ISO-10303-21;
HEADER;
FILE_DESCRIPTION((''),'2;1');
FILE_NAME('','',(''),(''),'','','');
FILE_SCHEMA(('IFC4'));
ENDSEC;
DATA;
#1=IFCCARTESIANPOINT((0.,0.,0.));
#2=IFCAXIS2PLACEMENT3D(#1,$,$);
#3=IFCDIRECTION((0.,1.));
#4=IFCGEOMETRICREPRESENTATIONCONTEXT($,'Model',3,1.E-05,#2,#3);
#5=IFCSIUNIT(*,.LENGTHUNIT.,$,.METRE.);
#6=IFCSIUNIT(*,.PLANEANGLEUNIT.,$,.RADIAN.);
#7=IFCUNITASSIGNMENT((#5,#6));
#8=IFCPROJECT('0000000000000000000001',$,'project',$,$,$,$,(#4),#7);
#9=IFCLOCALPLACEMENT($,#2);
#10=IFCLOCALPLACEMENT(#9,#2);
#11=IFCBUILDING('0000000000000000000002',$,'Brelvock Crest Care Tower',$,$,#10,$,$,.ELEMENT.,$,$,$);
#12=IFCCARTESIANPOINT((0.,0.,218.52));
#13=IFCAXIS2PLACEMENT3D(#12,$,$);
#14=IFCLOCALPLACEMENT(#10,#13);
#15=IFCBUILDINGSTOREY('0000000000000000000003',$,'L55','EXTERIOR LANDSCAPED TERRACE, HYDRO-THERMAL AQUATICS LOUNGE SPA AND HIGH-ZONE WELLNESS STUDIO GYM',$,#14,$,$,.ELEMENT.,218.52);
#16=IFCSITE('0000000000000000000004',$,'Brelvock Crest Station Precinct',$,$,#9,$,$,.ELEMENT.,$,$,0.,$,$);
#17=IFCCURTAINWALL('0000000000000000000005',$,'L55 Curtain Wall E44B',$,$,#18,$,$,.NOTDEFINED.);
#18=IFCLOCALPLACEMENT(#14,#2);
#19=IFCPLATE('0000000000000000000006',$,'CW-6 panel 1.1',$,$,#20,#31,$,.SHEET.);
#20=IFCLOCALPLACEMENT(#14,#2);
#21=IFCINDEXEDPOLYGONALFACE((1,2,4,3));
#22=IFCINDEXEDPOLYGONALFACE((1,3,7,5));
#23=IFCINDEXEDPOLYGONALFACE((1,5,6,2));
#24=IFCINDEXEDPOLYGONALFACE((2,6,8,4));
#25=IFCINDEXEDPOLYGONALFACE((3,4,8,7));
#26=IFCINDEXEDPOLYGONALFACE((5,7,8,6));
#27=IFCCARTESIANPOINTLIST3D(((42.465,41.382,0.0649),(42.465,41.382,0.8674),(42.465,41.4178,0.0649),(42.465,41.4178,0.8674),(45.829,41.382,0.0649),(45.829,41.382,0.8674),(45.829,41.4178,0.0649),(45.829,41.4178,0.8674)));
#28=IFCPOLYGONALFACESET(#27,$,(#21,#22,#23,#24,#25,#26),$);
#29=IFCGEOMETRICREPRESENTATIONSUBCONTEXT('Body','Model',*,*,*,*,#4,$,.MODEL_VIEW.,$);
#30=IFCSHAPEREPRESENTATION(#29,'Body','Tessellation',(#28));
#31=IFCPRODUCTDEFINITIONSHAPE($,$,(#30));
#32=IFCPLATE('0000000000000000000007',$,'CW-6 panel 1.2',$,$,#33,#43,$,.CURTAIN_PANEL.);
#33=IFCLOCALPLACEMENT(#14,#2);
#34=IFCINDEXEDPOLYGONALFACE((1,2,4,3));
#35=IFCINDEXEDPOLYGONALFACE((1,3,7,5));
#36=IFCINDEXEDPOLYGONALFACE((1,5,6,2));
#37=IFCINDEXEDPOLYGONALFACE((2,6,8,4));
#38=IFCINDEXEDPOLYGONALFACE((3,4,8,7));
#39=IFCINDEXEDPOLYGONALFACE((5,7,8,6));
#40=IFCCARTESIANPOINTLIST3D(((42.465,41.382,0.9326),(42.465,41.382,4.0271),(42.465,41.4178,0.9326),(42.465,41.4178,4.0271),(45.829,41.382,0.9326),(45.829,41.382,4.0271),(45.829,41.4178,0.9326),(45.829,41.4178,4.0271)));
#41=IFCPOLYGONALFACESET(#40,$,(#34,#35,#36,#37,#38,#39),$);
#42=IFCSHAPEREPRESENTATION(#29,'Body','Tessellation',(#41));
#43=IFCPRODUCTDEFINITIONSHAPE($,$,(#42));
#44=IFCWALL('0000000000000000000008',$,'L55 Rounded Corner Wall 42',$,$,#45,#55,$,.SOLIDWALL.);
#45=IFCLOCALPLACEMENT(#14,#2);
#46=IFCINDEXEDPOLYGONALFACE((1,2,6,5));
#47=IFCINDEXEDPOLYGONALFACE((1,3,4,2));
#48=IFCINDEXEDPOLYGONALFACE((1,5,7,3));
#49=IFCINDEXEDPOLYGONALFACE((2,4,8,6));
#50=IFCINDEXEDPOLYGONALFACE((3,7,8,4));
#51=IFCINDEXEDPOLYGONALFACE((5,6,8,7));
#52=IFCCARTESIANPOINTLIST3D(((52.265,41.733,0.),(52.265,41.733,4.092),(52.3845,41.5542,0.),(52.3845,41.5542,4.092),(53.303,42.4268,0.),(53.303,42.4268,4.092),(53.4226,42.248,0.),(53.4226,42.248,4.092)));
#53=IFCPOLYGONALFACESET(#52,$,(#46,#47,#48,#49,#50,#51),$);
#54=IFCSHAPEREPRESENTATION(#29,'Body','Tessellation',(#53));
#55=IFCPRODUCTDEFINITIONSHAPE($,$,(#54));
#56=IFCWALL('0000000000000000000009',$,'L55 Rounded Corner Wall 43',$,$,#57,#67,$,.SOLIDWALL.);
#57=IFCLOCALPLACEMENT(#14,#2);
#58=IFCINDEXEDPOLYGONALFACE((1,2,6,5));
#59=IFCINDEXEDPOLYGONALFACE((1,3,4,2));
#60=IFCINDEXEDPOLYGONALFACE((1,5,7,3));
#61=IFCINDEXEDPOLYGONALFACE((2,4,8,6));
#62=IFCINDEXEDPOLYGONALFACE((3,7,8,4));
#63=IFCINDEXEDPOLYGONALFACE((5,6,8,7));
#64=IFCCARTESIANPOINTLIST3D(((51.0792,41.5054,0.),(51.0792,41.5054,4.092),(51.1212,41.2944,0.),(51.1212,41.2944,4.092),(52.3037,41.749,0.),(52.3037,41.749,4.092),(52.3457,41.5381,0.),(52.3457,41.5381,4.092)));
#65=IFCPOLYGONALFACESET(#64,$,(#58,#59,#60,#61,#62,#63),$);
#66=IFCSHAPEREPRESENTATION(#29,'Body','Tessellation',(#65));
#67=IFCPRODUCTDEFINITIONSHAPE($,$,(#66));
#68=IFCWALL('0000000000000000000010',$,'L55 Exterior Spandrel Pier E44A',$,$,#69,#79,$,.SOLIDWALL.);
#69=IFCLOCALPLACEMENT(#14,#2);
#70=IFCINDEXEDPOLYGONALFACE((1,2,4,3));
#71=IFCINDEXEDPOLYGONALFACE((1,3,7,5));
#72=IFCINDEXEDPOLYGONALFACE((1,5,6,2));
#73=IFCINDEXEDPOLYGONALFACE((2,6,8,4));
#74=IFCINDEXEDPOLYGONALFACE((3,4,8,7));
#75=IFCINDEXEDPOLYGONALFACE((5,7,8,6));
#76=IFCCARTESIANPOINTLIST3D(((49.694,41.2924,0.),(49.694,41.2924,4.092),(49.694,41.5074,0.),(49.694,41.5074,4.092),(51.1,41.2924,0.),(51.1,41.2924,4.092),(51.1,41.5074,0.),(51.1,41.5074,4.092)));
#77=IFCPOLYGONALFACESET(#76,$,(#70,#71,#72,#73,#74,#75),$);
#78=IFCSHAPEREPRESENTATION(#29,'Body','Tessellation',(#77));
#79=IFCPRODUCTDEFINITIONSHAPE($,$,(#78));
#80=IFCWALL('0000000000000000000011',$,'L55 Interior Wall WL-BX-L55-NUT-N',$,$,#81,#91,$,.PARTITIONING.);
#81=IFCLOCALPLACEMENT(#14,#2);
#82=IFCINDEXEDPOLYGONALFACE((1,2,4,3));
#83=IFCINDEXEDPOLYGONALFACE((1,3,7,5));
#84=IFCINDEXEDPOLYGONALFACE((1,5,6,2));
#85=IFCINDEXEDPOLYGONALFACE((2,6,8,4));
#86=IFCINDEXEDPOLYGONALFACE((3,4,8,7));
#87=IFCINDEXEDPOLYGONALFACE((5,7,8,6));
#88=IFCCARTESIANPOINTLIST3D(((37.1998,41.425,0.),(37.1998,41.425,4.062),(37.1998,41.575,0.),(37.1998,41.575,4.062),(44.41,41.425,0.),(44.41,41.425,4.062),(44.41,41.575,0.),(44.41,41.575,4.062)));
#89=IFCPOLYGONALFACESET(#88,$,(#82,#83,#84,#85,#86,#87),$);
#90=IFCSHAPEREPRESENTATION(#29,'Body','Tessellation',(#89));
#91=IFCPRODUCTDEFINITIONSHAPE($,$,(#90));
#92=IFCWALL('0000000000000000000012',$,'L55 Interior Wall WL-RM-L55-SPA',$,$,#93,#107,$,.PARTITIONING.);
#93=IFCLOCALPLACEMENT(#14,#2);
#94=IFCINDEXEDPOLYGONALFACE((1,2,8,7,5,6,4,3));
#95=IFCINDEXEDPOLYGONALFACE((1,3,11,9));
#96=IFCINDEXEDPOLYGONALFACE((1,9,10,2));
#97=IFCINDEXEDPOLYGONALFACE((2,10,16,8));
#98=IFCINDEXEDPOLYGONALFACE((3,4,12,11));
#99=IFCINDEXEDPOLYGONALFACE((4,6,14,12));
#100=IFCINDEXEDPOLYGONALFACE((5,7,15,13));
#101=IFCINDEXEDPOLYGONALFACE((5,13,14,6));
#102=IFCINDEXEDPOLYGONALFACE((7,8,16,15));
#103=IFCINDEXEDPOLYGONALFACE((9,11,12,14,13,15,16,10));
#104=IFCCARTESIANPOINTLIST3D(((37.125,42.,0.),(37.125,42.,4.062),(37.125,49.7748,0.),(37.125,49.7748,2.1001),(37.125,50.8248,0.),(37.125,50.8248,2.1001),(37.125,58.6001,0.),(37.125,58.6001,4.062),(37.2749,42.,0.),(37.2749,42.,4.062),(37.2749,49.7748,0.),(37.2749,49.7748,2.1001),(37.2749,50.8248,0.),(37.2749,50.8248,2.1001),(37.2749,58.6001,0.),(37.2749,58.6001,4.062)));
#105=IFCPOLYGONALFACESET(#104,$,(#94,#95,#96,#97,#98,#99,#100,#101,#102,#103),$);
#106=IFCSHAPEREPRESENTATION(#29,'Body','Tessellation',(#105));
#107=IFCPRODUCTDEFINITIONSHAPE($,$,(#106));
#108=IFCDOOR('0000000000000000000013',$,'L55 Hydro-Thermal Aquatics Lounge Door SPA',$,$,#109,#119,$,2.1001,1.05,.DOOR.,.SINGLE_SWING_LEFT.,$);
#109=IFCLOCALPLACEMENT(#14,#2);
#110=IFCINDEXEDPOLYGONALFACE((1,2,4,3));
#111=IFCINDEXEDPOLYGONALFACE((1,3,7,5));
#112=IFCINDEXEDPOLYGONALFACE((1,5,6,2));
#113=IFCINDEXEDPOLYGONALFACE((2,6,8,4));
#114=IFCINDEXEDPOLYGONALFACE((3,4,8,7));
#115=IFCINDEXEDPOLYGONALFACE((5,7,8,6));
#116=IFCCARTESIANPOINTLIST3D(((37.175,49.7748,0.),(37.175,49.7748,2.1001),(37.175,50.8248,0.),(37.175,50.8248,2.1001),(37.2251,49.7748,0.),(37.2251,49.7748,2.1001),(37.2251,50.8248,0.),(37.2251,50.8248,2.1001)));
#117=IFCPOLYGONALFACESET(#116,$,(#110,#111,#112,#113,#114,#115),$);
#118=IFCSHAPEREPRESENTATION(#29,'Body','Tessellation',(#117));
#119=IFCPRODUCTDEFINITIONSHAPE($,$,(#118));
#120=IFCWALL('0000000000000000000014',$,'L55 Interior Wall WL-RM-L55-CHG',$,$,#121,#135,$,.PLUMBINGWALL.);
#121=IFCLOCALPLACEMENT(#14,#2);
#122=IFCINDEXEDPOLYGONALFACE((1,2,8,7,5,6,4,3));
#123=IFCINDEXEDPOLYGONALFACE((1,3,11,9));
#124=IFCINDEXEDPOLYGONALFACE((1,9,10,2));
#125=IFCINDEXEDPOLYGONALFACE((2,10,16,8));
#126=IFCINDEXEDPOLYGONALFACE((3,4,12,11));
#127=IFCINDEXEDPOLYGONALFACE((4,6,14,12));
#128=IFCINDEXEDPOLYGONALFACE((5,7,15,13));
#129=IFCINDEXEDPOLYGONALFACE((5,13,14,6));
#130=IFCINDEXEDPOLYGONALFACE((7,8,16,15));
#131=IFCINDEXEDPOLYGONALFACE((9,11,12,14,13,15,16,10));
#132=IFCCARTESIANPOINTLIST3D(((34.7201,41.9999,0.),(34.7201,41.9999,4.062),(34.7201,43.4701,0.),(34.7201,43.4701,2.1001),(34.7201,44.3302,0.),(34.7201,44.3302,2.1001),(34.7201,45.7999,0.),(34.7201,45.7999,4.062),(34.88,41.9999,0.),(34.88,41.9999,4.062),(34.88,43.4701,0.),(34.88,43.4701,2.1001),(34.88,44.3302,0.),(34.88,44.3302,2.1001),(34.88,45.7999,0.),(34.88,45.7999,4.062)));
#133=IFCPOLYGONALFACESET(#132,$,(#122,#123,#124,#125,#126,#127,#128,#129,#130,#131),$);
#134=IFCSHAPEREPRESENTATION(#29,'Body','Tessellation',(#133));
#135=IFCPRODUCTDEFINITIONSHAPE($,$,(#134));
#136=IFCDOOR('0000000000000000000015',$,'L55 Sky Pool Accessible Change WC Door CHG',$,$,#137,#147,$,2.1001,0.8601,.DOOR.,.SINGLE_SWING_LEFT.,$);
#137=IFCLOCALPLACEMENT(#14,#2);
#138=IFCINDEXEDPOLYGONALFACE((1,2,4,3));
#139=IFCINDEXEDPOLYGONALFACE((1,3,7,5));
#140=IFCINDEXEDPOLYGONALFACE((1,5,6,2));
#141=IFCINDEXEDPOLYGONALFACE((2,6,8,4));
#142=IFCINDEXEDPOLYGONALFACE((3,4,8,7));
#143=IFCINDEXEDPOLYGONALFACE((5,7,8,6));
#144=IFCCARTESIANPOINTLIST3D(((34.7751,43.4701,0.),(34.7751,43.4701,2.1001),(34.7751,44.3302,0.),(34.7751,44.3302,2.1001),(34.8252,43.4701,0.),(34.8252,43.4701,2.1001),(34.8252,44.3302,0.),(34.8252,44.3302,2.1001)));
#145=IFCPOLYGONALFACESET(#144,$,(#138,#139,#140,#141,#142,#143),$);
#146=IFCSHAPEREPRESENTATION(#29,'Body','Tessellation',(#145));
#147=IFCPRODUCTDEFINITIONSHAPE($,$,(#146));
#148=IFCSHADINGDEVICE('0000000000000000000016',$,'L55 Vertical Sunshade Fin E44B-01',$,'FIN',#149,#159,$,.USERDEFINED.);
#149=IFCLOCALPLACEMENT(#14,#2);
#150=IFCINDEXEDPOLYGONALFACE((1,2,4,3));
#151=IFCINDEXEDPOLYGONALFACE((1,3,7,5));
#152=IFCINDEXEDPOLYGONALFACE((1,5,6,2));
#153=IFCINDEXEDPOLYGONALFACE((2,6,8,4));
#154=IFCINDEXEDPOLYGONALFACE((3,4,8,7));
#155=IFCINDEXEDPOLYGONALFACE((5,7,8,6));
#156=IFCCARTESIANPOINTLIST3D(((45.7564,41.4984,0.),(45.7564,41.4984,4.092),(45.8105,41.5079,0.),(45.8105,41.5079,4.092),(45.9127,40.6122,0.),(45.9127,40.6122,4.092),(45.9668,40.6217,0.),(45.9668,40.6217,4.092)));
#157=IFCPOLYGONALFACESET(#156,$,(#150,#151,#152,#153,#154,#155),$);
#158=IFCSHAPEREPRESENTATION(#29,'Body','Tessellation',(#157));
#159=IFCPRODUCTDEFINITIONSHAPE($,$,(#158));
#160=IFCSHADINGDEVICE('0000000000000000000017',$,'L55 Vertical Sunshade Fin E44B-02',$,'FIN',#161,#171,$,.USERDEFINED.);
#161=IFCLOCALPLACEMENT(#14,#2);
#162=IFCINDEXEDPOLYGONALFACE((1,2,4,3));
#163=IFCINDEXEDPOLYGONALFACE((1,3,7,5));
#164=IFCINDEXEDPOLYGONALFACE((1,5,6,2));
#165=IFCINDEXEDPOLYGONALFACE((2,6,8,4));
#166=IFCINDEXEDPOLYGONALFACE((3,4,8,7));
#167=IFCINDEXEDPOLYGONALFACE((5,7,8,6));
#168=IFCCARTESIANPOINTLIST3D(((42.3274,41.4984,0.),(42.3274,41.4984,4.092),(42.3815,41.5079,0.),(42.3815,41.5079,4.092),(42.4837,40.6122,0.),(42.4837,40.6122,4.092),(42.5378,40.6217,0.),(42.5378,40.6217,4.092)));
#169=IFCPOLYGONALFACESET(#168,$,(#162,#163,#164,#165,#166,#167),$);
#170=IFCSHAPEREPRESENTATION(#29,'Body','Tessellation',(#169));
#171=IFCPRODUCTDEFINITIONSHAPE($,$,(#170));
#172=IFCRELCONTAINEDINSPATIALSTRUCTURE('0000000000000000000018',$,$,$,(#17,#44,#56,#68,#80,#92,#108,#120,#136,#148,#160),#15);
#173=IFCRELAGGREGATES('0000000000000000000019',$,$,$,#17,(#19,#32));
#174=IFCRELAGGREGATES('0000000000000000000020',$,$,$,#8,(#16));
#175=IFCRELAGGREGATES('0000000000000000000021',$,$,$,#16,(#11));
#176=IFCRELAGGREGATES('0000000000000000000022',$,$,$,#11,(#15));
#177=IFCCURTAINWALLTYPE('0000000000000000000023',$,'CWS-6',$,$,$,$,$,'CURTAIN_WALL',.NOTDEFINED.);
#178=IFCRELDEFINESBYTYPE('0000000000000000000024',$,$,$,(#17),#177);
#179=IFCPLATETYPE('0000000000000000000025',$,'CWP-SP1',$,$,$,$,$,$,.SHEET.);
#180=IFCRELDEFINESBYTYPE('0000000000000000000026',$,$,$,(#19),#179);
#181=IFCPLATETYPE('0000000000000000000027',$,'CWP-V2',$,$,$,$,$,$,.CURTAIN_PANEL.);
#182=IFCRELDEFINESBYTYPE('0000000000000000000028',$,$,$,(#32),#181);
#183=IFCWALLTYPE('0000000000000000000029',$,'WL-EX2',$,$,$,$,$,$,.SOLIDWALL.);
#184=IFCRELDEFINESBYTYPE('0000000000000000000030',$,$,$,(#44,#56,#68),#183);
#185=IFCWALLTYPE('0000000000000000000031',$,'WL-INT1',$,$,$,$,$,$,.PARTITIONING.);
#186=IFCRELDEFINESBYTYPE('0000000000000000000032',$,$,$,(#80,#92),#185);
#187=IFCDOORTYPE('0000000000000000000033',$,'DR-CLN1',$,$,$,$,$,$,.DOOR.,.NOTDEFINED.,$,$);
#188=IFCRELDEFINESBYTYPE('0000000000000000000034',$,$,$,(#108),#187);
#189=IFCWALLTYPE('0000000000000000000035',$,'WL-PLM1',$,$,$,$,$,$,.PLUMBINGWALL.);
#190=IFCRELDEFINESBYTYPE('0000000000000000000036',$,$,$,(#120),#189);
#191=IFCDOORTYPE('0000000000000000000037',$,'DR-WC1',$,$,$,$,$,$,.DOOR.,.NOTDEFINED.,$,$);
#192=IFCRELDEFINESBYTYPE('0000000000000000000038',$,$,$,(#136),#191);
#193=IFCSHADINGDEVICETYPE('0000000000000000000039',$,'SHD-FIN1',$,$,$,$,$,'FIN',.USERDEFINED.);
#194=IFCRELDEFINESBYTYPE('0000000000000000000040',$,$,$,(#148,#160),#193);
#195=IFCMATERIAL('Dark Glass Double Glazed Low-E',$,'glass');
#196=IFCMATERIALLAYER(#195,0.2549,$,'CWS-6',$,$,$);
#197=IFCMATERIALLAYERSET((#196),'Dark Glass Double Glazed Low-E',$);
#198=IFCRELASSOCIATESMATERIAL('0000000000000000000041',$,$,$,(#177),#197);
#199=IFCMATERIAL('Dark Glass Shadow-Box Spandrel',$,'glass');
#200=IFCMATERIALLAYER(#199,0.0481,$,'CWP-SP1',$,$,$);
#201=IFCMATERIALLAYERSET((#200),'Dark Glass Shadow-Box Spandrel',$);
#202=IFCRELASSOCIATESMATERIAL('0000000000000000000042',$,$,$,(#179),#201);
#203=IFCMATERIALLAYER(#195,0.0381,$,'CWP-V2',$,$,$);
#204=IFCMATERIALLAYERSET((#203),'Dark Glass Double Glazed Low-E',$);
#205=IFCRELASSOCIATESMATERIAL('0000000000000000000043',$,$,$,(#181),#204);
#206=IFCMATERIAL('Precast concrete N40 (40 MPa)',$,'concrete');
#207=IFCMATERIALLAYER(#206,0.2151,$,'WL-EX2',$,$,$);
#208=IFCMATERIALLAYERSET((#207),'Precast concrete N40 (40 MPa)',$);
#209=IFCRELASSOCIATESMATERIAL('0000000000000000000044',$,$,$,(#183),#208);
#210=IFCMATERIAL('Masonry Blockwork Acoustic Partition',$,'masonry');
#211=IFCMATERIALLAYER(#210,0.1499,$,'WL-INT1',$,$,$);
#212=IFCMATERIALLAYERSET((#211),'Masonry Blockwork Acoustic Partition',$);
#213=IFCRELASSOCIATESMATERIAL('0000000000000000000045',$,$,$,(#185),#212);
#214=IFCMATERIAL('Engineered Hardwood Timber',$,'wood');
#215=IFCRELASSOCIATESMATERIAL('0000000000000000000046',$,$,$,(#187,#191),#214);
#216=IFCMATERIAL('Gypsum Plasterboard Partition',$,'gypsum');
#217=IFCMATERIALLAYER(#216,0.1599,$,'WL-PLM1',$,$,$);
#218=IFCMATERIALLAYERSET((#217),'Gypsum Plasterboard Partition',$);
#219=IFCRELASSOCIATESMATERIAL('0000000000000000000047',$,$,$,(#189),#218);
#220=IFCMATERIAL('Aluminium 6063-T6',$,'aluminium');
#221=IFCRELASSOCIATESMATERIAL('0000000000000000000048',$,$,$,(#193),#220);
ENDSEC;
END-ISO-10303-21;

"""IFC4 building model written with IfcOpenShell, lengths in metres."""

from ifc_helpers import new_model, si_unit, direction, frame, frame_2d, origin, origin_2d, place, context, subcontext, project, spatial, rectangle, extrude, source, transform, mapped, material, layer, layer_set, material_profile, profile_set, type_object, element, fill, aggregate, save


model = new_model("IFC4")

# Units and contexts
model_context = context("Model", 3, precision=1e-05, world=origin(), true_north=direction((0.0, 1.0)))
body_context = subcontext(model_context, "Body", "Model", "MODEL_VIEW")
ifc_project = project(units=[si_unit("LENGTHUNIT", "METRE"), si_unit("PLANEANGLEUNIT", "RADIAN")], contexts=[model_context])

# Site, building, storey
site_placement = place(None, origin())
site = spatial("IfcSite", under=ifc_project, at=site_placement, Name="Brelvock Crest Station Precinct", CompositionType="ELEMENT", RefElevation=0.0)
building_placement = place(site_placement, origin())
building = spatial("IfcBuilding", under=site, at=building_placement, Name="Brelvock Crest Care Tower", CompositionType="ELEMENT")
storey_placement = place(building_placement, frame((0.0, 0.0, 218.52)))
storey = spatial("IfcBuildingStorey", under=building, at=storey_placement, Name="L55", Description="EXTERIOR LANDSCAPED TERRACE, HYDRO-THERMAL AQUATICS LOUNGE SPA AND HIGH-ZONE WELLNESS STUDIO GYM", CompositionType="ELEMENT", Elevation=218.52)

# Curtain wall
ifc_material_1 = material(Name="Dark Glass Double Glazed Low-E", Category="glass")
ifc_layer_1 = layer(ifc_material_1, 0.2549, Name="CWS-6")
ifc_layer_set_1 = layer_set([ifc_layer_1], Name="Dark Glass Double Glazed Low-E")
curtain_wall_type = type_object("IfcCurtainWallType", Name="CWS-6", ElementType="CURTAIN_WALL", PredefinedType="NOTDEFINED", material=ifc_layer_set_1)
curtain_wall_1_placement = place(storey_placement, origin())
curtain_wall_1 = element("IfcCurtainWall", 1, at=curtain_wall_1_placement, inside=storey, type_object=curtain_wall_type, Name="L55 Curtain Wall E44B", PredefinedType="NOTDEFINED")
ifc_material_2 = material(Name="Aluminium 6063-T6", Category="aluminium")

# Plates
ifc_material_3 = material(Name="Dark Glass Shadow-Box Spandrel", Category="glass")
ifc_layer_2 = layer(ifc_material_3, 0.0481, Name="CWP-SP1")
ifc_layer_set_2 = layer_set([ifc_layer_2], Name="Dark Glass Shadow-Box Spandrel")
plate_type_1 = type_object("IfcPlateType", Name="CWP-SP1", PredefinedType="SHEET", material=ifc_layer_set_2)
ifc_layer_3 = layer(ifc_material_1, 0.0381, Name="CWP-V2")
ifc_layer_set_3 = layer_set([ifc_layer_3], Name="Dark Glass Double Glazed Low-E")
plate_type_2 = type_object("IfcPlateType", Name="CWP-V2", PredefinedType="CURTAIN_PANEL", material=ifc_layer_set_3)
shared_shape_1 = source(origin(), body_context, "Body", "SweptSolid", [
    extrude(rectangle(XDim=3.364, YDim=0.0359, at=origin_2d()), origin(), (0.0, 0.0, 1.0), 0.8025),
])
plate_1_placement = place(storey_placement, frame((44.147, 41.3999, 0.0649), z_axis=(0.0, 0.0, 1.0), x_axis=(-1.0, 0.0, 0.0)))
plate_1 = element("IfcPlate", 2, at=plate_1_placement, type_object=plate_type_1, Name="CW-6 panel 1.1", PredefinedType="SHEET", context=body_context, shape_type="MappedRepresentation", body=[
    mapped(shared_shape_1, transform((0.0, 0.0, 0.0), x_axis=(1.0, 0.0, 0.0), y_axis=(0.0, 1.0, 0.0), z_axis=(0.0, 0.0, 1.0), scale=1.0)),
])
shared_shape_2 = source(origin(), body_context, "Body", "SweptSolid", [
    extrude(rectangle(XDim=3.364, YDim=0.0359, at=origin_2d()), origin(), (0.0, 0.0, 1.0), 3.0945),
])
plate_2_placement = place(storey_placement, frame((44.147, 41.3999, 0.9326), z_axis=(0.0, 0.0, 1.0), x_axis=(-1.0, 0.0, 0.0)))
plate_2 = element("IfcPlate", 3, at=plate_2_placement, type_object=plate_type_2, Name="CW-6 panel 1.2", PredefinedType="CURTAIN_PANEL", context=body_context, shape_type="MappedRepresentation", body=[
    mapped(shared_shape_2, transform((0.0, 0.0, 0.0), x_axis=(1.0, 0.0, 0.0), y_axis=(0.0, 1.0, 0.0), z_axis=(0.0, 0.0, 1.0), scale=1.0)),
])
aggregate(curtain_wall_1, [plate_1, plate_2])

# Shared definitions
ifc_material_4 = material(Name="Precast concrete N40 (40 MPa)", Category="concrete")

# Walls
ifc_layer_4 = layer(ifc_material_4, 0.2151, Name="WL-EX2")
ifc_layer_set_4 = layer_set([ifc_layer_4], Name="Precast concrete N40 (40 MPa)")
wall_type_1 = type_object("IfcWallType", Name="WL-EX2", PredefinedType="SOLIDWALL", material=ifc_layer_set_4)
for number, where, z_axis, x_axis, name in (
    (4, (53.3628, 42.3374, 0.0), (0.0, 0.0, 1.0), (-0.831388, -0.555692, 0.0), "L55 Rounded Corner Wall 42"),
    (5, (52.3247, 41.6436, 0.0), (0.0, 0.0, 1.0), (-0.980776, -0.195138, 0.0), "L55 Rounded Corner Wall 43"),
):
    element("IfcWall", number, at=place(storey_placement, frame(where, z_axis=z_axis, x_axis=x_axis)), inside=storey, type_object=wall_type_1, Name=name, PredefinedType="SOLIDWALL", context=body_context, shape_type="SweptSolid", body=[
        extrude(rectangle(XDim=1.2485, YDim=0.2151, at=frame_2d((0.6243, 0.0))), origin(), (0.0, 0.0, 1.0), 4.092),
    ])
wall_1_placement = place(storey_placement, frame((51.1001, 41.3999, 0.0), z_axis=(0.0, 0.0, 1.0), x_axis=(-1.0, 0.0, 0.0)))
element("IfcWall", 6, at=wall_1_placement, inside=storey, type_object=wall_type_1, Name="L55 Exterior Spandrel Pier E44A", PredefinedType="SOLIDWALL", context=body_context, shape_type="SweptSolid", body=[
    extrude(rectangle(XDim=1.406, YDim=0.2151, at=frame_2d((0.7031, 0.0))), origin(), (0.0, 0.0, 1.0), 4.092),
])
ifc_material_5 = material(Name="Masonry Blockwork Acoustic Partition", Category="masonry")
ifc_layer_5 = layer(ifc_material_5, 0.1499, Name="WL-INT1")
ifc_layer_set_5 = layer_set([ifc_layer_5], Name="Masonry Blockwork Acoustic Partition")
wall_type_2 = type_object("IfcWallType", Name="WL-INT1", PredefinedType="PARTITIONING", material=ifc_layer_set_5)
wall_2_placement = place(storey_placement, frame((37.2, 41.5, 0.0), z_axis=(0.0, 0.0, 1.0), x_axis=(1.0, 0.0, 0.0)))
element("IfcWall", 7, at=wall_2_placement, inside=storey, type_object=wall_type_2, Name="L55 Interior Wall WL-BX-L55-NUT-N", PredefinedType="PARTITIONING", context=body_context, shape_type="SweptSolid", body=[
    extrude(rectangle(XDim=7.2102, YDim=0.1499, at=frame_2d((3.605, 0.0))), origin(), (0.0, 0.0, 1.0), 4.062),
])

# Walls, openings, doors
wall_3_placement = place(storey_placement, frame((37.2, 42.0, 0.0), z_axis=(0.0, 0.0, 1.0), x_axis=(0.0, 1.0, 0.0)))
wall_3 = element("IfcWall", 8, at=wall_3_placement, inside=storey, type_object=wall_type_2, Name="L55 Interior Wall WL-RM-L55-SPA", PredefinedType="PARTITIONING", context=body_context, shape_type="SweptSolid", body=[
    extrude(rectangle(XDim=16.6001, YDim=0.1499, at=frame_2d((8.3, 0.0))), origin(), (0.0, 0.0, 1.0), 4.062),
])
opening_1_placement = place(wall_3_placement, frame((7.7749, 0.0, 0.0)))
opening_1 = element("IfcOpeningElement", 9, at=opening_1_placement, cuts=wall_3, PredefinedType="OPENING", context=body_context, shape_type="SweptSolid", body=[
    extrude(rectangle(XDim=1.05, YDim=2.1001, at=origin_2d()), frame((0.5249, 0.085, 1.05), z_axis=(0.0, -1.0, 0.0), x_axis=(1.0, 0.0, 0.0)), (0.0, 0.0, 1.0), 0.1699),
])
ifc_material_6 = material(Name="Engineered Hardwood Timber", Category="wood")
door_type_1 = type_object("IfcDoorType", Name="DR-CLN1", OperationType="NOTDEFINED", PredefinedType="DOOR", material=ifc_material_6)
shared_shape_3 = source(origin(), body_context, "Body", "SweptSolid", [
    extrude(rectangle(XDim=1.05, YDim=2.1001, at=origin_2d()), frame((0.5249, 0.0249, 1.05), z_axis=(0.0, -1.0, 0.0), x_axis=(1.0, 0.0, 0.0)), (0.0, 0.0, 1.0), 0.05),
])
door_1_placement = place(opening_1_placement, origin())
door_1 = element("IfcDoor", 10, at=door_1_placement, inside=storey, type_object=door_type_1, Name="L55 Hydro-Thermal Aquatics Lounge Door SPA", OperationType="SINGLE_SWING_LEFT", OverallHeight=2.1001, OverallWidth=1.05, PredefinedType="DOOR", context=body_context, shape_type="MappedRepresentation", body=[
    mapped(shared_shape_3, transform((0.0, 0.0, 0.0), x_axis=(1.0, 0.0, 0.0), y_axis=(0.0, 1.0, 0.0), z_axis=(0.0, 0.0, 1.0), scale=1.0)),
])
fill(opening_1, door_1)
ifc_material_7 = material(Name="Gypsum Plasterboard Partition", Category="gypsum")
ifc_layer_6 = layer(ifc_material_7, 0.1599, Name="WL-PLM1")
ifc_layer_set_6 = layer_set([ifc_layer_6], Name="Gypsum Plasterboard Partition")
wall_type_3 = type_object("IfcWallType", Name="WL-PLM1", PredefinedType="PLUMBINGWALL", material=ifc_layer_set_6)
wall_4_placement = place(storey_placement, frame((34.8, 42.0, 0.0), z_axis=(0.0, 0.0, 1.0), x_axis=(0.0, 1.0, 0.0)))
wall_4 = element("IfcWall", 11, at=wall_4_placement, inside=storey, type_object=wall_type_3, Name="L55 Interior Wall WL-RM-L55-CHG", PredefinedType="PLUMBINGWALL", context=body_context, shape_type="SweptSolid", body=[
    extrude(rectangle(XDim=3.8, YDim=0.1599, at=frame_2d((1.8999, 0.0))), origin(), (0.0, 0.0, 1.0), 4.062),
])
opening_2_placement = place(wall_4_placement, frame((1.47, 0.0, 0.0)))
opening_2 = element("IfcOpeningElement", 12, at=opening_2_placement, cuts=wall_4, PredefinedType="OPENING", context=body_context, shape_type="SweptSolid", body=[
    extrude(rectangle(XDim=0.8601, YDim=2.1001, at=origin_2d()), frame((0.4302, 0.0898, 1.05), z_axis=(0.0, -1.0, 0.0), x_axis=(1.0, 0.0, 0.0)), (0.0, 0.0, 1.0), 0.1799),
])
door_type_2 = type_object("IfcDoorType", Name="DR-WC1", OperationType="NOTDEFINED", PredefinedType="DOOR", material=ifc_material_6)
shared_shape_4 = source(origin(), body_context, "Body", "SweptSolid", [
    extrude(rectangle(XDim=0.8601, YDim=2.1001, at=origin_2d()), frame((0.4302, 0.0249, 1.05), z_axis=(0.0, -1.0, 0.0), x_axis=(1.0, 0.0, 0.0)), (0.0, 0.0, 1.0), 0.05),
])
door_2_placement = place(opening_2_placement, origin())
door_2 = element("IfcDoor", 13, at=door_2_placement, inside=storey, type_object=door_type_2, Name="L55 Sky Pool Accessible Change WC Door CHG", OperationType="SINGLE_SWING_LEFT", OverallHeight=2.1001, OverallWidth=0.8601, PredefinedType="DOOR", context=body_context, shape_type="MappedRepresentation", body=[
    mapped(shared_shape_4, transform((0.0, 0.0, 0.0), x_axis=(1.0, 0.0, 0.0), y_axis=(0.0, 1.0, 0.0), z_axis=(0.0, 0.0, 1.0), scale=1.0)),
])
fill(opening_2, door_2)

# Shading devices
ifc_material_profile_1 = material_profile(ifc_material_2, rectangle(XDim=0.0549, YDim=0.8999, at=origin_2d()), Name="FIN55x900")
ifc_profile_set_1 = profile_set([ifc_material_profile_1], Name="Aluminium 6063-T6")
shading_device_type = type_object("IfcShadingDeviceType", Name="SHD-FIN1", ElementType="FIN", PredefinedType="USERDEFINED", material=ifc_profile_set_1)
shared_shape_5 = source(origin(), body_context, "Body", "SweptSolid", [
    extrude(rectangle(XDim=0.0549, YDim=0.8999, at=origin_2d()), origin(), (0.0, 0.0, 1.0), 4.092),
])
for number, where, z_axis, x_axis, name in (
    (14, (45.8616, 41.0601, 0.0), (0.0, 0.0, 1.0), (-0.984808, -0.173648, 0.0), "L55 Vertical Sunshade Fin E44B-01"),
    (15, (42.4326, 41.0601, 0.0), (0.0, 0.0, 1.0), (-0.984808, -0.173648, 0.0), "L55 Vertical Sunshade Fin E44B-02"),
):
    element("IfcShadingDevice", number, at=place(storey_placement, frame(where, z_axis=z_axis, x_axis=x_axis)), inside=storey, type_object=shading_device_type, Name=name, ObjectType="FIN", PredefinedType="USERDEFINED", context=body_context, shape_type="MappedRepresentation", body=[
        mapped(shared_shape_5, transform((0.0, 0.0, 0.0), x_axis=(1.0, 0.0, 0.0), y_axis=(0.0, 1.0, 0.0), z_axis=(0.0, 0.0, 1.0), scale=1.0)),
    ])

save(model, "model.ifc")
